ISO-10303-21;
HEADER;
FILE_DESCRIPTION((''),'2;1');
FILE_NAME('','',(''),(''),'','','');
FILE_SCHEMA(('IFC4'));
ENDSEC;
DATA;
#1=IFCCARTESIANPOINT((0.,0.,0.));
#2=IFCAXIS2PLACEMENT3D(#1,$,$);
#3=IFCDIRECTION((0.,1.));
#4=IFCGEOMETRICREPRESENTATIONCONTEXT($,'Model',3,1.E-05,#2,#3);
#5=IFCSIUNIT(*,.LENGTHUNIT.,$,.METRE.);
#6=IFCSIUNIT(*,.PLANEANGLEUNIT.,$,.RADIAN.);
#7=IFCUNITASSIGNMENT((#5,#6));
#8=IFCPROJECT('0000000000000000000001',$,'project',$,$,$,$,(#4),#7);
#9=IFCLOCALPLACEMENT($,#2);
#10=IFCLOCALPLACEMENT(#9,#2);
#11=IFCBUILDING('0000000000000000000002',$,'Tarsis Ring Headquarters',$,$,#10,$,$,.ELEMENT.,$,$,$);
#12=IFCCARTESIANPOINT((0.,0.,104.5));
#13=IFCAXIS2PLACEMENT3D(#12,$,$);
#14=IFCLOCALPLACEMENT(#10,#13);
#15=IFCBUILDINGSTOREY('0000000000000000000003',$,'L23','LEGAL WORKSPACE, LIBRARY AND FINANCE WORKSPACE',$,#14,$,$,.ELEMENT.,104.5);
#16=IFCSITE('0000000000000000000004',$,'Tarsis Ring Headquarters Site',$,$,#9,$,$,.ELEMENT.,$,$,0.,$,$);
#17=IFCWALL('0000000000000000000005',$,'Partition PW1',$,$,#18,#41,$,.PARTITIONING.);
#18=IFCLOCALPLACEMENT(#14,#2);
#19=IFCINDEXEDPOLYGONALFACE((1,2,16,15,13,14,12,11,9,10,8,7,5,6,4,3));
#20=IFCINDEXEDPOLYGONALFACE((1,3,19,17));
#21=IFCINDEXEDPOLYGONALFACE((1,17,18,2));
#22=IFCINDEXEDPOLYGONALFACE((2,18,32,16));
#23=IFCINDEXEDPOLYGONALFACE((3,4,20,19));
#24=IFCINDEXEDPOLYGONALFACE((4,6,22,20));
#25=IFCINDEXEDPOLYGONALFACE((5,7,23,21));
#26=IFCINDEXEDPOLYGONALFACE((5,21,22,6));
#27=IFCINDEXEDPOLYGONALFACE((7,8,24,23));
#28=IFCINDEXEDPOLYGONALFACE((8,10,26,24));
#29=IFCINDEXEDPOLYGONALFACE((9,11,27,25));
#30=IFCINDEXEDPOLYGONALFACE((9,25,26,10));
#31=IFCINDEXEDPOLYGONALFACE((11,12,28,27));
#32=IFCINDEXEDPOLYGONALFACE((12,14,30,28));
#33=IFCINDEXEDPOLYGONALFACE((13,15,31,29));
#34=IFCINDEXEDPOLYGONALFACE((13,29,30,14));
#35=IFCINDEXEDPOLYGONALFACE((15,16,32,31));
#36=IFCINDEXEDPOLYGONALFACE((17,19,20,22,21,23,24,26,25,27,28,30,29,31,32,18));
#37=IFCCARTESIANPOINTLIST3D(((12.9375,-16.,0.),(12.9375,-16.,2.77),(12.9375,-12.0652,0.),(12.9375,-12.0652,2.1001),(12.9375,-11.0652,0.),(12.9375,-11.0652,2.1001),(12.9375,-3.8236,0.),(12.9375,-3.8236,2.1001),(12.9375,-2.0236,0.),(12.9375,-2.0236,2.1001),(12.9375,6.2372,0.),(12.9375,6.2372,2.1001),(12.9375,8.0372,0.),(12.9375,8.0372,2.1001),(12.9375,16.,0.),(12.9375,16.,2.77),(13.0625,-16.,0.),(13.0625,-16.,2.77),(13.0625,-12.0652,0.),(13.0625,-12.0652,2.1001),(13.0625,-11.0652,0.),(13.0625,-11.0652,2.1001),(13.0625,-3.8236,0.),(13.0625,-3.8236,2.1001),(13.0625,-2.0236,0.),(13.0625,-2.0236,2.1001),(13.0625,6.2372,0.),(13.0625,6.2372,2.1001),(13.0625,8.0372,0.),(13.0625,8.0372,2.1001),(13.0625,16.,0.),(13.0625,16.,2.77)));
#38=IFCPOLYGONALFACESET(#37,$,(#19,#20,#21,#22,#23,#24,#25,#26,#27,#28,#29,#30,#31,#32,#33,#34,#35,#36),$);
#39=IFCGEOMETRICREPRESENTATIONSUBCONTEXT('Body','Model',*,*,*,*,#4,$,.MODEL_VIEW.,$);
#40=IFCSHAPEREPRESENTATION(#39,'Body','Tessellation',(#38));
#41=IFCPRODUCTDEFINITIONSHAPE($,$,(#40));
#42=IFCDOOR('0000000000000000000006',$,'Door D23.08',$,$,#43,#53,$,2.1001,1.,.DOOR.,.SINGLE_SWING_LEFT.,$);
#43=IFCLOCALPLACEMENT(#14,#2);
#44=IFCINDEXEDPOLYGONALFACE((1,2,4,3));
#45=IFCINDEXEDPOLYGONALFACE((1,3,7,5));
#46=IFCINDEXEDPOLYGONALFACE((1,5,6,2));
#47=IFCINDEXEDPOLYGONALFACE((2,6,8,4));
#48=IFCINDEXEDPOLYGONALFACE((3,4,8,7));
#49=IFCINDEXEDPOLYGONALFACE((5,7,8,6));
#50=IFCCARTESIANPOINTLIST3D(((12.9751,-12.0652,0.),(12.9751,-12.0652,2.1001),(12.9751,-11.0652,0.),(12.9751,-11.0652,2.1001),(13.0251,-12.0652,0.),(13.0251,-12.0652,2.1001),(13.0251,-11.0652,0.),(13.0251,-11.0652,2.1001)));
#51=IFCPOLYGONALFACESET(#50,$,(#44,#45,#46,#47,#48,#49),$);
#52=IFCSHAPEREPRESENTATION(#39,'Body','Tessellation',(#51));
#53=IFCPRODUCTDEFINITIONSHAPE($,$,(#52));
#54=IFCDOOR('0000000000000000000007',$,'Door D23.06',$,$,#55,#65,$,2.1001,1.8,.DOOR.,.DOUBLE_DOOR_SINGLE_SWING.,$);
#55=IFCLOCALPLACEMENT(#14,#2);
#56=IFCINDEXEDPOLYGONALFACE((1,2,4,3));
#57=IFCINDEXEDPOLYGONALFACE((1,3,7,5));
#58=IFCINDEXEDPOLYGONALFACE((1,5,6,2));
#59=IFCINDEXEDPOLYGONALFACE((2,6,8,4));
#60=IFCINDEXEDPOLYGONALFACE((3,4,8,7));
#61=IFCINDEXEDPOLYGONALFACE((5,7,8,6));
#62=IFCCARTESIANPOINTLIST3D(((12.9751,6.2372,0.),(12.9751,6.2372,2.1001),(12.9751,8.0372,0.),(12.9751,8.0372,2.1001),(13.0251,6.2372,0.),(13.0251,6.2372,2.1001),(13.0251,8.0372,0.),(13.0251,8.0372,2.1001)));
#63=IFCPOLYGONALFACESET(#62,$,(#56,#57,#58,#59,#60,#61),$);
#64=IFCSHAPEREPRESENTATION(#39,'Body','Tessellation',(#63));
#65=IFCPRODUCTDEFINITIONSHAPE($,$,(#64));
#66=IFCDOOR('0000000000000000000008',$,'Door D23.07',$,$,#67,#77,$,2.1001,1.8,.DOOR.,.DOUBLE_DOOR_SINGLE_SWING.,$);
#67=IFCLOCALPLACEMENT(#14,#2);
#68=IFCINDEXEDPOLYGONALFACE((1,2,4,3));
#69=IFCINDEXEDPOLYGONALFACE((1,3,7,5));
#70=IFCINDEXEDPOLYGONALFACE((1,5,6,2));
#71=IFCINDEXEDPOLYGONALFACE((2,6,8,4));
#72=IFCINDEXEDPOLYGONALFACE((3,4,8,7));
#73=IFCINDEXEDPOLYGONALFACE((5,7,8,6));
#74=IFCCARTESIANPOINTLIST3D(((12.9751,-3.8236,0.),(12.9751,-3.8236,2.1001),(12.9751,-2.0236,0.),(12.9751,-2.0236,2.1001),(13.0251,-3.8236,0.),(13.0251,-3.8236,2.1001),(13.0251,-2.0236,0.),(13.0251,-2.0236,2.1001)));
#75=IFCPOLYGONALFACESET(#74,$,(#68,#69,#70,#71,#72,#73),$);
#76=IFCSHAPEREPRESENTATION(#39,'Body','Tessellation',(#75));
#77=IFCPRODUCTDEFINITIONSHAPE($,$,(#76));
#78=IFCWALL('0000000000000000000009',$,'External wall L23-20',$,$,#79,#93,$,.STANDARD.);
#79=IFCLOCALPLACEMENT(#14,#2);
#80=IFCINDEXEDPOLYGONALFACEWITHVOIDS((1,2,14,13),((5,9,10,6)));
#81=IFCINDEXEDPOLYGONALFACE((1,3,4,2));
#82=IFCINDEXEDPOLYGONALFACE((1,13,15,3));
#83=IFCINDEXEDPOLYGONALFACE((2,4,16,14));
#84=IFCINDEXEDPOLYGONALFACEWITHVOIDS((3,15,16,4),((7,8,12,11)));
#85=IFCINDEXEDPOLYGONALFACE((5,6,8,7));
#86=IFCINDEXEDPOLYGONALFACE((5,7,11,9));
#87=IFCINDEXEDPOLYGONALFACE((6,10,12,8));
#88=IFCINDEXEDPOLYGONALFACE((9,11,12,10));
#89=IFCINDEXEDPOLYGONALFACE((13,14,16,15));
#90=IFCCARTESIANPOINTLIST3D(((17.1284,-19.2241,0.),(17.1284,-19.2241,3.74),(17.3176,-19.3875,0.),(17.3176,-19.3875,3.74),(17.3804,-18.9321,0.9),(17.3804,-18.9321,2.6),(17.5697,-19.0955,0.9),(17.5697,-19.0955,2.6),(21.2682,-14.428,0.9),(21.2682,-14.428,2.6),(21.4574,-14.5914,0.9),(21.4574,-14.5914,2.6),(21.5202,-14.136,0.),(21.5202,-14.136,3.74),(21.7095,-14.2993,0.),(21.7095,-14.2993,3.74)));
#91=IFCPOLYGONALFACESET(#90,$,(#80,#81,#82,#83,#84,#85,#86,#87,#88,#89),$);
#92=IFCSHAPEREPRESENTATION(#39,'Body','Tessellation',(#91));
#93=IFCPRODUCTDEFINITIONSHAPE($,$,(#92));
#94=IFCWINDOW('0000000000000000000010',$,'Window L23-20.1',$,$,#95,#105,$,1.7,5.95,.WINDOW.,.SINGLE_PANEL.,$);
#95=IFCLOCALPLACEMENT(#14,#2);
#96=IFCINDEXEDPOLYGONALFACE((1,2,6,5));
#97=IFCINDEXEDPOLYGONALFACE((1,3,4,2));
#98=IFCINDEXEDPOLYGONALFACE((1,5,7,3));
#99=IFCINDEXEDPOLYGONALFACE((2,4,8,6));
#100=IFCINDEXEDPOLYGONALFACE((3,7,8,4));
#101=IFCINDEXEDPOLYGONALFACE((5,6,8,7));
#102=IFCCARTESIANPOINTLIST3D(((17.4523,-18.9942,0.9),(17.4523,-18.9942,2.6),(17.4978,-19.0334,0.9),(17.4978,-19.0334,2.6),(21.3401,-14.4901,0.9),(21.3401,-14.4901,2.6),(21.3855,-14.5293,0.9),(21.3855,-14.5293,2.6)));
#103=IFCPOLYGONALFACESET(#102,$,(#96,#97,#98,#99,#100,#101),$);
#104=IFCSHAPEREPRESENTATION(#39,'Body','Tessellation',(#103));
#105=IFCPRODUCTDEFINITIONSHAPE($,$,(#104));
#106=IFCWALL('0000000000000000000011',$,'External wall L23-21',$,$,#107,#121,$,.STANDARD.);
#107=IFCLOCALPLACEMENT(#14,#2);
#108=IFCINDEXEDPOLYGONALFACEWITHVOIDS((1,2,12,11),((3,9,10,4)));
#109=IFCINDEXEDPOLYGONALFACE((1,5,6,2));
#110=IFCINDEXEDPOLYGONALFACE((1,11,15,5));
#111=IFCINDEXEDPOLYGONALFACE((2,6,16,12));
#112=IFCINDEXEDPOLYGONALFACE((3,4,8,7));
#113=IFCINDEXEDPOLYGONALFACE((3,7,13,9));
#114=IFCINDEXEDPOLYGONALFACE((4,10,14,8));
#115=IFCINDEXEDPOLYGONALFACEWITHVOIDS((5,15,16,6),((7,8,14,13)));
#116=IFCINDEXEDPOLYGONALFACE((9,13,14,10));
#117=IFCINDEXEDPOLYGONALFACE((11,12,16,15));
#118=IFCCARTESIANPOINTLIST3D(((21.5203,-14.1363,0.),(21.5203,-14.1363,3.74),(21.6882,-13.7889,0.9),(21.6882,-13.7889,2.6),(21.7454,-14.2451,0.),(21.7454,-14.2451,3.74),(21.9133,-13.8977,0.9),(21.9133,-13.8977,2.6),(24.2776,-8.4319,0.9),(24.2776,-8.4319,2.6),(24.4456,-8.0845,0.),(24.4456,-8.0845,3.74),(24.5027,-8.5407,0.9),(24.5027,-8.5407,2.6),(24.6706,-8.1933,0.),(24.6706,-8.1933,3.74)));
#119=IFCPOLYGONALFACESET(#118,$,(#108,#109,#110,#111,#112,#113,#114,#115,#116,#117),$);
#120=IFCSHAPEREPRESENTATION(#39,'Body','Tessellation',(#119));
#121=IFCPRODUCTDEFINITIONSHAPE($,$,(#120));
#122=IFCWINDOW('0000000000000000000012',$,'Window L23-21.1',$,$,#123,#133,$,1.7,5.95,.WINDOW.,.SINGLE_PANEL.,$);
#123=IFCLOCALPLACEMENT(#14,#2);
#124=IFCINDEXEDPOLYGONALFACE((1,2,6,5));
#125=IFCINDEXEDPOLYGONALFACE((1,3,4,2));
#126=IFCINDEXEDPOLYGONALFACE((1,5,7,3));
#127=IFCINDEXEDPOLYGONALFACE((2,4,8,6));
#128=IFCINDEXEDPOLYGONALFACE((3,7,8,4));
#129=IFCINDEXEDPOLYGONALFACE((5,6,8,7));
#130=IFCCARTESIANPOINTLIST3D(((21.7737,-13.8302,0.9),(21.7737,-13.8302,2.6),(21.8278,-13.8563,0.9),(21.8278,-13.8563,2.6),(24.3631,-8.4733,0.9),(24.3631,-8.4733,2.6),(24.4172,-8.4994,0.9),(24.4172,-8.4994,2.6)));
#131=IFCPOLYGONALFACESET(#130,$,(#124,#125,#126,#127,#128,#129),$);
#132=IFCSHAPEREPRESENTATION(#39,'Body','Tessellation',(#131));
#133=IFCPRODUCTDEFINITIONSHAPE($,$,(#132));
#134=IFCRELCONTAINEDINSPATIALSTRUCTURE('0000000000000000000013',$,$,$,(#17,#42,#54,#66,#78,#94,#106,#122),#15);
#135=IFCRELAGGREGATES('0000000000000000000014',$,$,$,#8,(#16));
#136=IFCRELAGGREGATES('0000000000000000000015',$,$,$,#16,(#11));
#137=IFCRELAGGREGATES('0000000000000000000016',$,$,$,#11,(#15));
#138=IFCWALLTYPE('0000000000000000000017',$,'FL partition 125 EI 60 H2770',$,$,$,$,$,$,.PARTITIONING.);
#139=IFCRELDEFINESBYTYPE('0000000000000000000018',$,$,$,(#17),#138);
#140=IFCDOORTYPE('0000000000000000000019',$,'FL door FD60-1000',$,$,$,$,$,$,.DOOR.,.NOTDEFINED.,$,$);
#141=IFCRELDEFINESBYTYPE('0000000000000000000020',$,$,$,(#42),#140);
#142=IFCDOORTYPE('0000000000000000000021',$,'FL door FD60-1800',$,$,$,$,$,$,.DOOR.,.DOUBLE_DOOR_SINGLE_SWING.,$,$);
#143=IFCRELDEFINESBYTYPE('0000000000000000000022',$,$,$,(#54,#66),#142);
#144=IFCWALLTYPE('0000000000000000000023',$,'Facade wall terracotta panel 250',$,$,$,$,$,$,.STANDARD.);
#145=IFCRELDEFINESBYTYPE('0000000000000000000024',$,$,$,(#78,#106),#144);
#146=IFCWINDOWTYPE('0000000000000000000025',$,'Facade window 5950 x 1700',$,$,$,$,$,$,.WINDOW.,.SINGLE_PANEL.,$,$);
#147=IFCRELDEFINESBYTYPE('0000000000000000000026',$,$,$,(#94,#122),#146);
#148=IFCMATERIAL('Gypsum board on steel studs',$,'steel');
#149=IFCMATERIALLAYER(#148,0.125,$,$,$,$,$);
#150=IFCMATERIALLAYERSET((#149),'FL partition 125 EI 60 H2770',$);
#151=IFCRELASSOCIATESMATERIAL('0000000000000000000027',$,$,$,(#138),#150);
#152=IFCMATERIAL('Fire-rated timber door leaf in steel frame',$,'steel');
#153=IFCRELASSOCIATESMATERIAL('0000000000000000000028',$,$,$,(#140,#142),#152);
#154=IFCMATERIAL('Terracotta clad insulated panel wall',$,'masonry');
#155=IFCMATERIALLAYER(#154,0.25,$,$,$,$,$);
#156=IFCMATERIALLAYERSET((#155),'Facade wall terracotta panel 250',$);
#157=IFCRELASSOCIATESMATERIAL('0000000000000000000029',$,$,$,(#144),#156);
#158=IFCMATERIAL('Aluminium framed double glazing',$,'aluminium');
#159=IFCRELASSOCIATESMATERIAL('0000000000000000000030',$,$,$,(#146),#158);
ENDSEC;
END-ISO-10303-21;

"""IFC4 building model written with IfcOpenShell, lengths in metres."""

from ifc_helpers import new_model, si_unit, direction, frame, frame_2d, origin, place, context, subcontext, project, spatial, rectangle, extrude, material, layer, layer_set, type_object, element, fill, save


model = new_model("IFC4")

# Units and contexts
model_context = context("Model", 3, precision=1e-05, world=origin(), true_north=direction((0.0, 1.0)))
body_context = subcontext(model_context, "Body", "Model", "MODEL_VIEW")
ifc_project = project(units=[si_unit("LENGTHUNIT", "METRE"), si_unit("PLANEANGLEUNIT", "RADIAN")], contexts=[model_context])

# Site, building, storey
site_placement = place(None, origin())
site = spatial("IfcSite", under=ifc_project, at=site_placement, Name="Tarsis Ring Headquarters Site", CompositionType="ELEMENT", RefElevation=0.0)
building_placement = place(site_placement, origin())
building = spatial("IfcBuilding", under=site, at=building_placement, Name="Tarsis Ring Headquarters", CompositionType="ELEMENT")
storey_placement = place(building_placement, frame((0.0, 0.0, 104.5)))
storey = spatial("IfcBuildingStorey", under=building, at=storey_placement, Name="L23", Description="LEGAL WORKSPACE, LIBRARY AND FINANCE WORKSPACE", CompositionType="ELEMENT", Elevation=104.5)

# Shared definitions
ifc_material_1 = material(Name="Gypsum board on steel studs", Category="steel")

# Wall, openings, doors
ifc_layer_1 = layer(ifc_material_1, 0.125)
ifc_layer_set_1 = layer_set([ifc_layer_1], Name="FL partition 125 EI 60 H2770")
wall_type_1 = type_object("IfcWallType", Name="FL partition 125 EI 60 H2770", PredefinedType="PARTITIONING", material=ifc_layer_set_1)
wall_1_placement = place(storey_placement, frame((13.0, -16.0, 0.0), z_axis=(0.0, 0.0, 1.0), x_axis=(0.0, 1.0, 0.0)))
wall_1 = element("IfcWall", 1, at=wall_1_placement, inside=storey, type_object=wall_type_1, Name="Partition PW1", PredefinedType="PARTITIONING", context=body_context, shape_type="SweptSolid", body=[
    extrude(rectangle(XDim=32.0, YDim=0.125, at=frame_2d((16.0, 0.0))), origin(), (0.0, 0.0, 1.0), 2.77),
])
opening_1_placement = place(wall_1_placement, frame((22.2373, 0.0, 0.0)))
opening_1 = element("IfcOpeningElement", 2, at=opening_1_placement, cuts=wall_1, PredefinedType="OPENING", context=body_context, shape_type="SweptSolid", body=[
    extrude(rectangle(XDim=1.8, YDim=2.1001, at=frame_2d((0.8999, 1.05))), frame((0.0, 0.0725, 0.0), z_axis=(0.0, -1.0, 0.0), x_axis=(1.0, 0.0, 0.0)), (0.0, 0.0, 1.0), 0.145),
])
opening_2_placement = place(wall_1_placement, frame((12.1765, 0.0, 0.0)))
opening_2 = element("IfcOpeningElement", 3, at=opening_2_placement, cuts=wall_1, PredefinedType="OPENING", context=body_context, shape_type="SweptSolid", body=[
    extrude(rectangle(XDim=1.8, YDim=2.1001, at=frame_2d((0.8999, 1.05))), frame((0.0, 0.0725, 0.0), z_axis=(0.0, -1.0, 0.0), x_axis=(1.0, 0.0, 0.0)), (0.0, 0.0, 1.0), 0.145),
])
opening_3_placement = place(wall_1_placement, frame((3.9348, 0.0, 0.0)))
opening_3 = element("IfcOpeningElement", 4, at=opening_3_placement, cuts=wall_1, PredefinedType="OPENING", context=body_context, shape_type="SweptSolid", body=[
    extrude(rectangle(XDim=1.0, YDim=2.1001, at=frame_2d((0.5, 1.05))), frame((0.0, 0.0725, 0.0), z_axis=(0.0, -1.0, 0.0), x_axis=(1.0, 0.0, 0.0)), (0.0, 0.0, 1.0), 0.145),
])
ifc_material_2 = material(Name="Fire-rated timber door leaf in steel frame", Category="steel")
door_type_1 = type_object("IfcDoorType", Name="FL door FD60-1000", OperationType="NOTDEFINED", PredefinedType="DOOR", material=ifc_material_2)
door_1_placement = place(opening_3_placement, origin())
door_1 = element("IfcDoor", 5, at=door_1_placement, inside=storey, type_object=door_type_1, Name="Door D23.08", OperationType="SINGLE_SWING_LEFT", OverallHeight=2.1001, OverallWidth=1.0, PredefinedType="DOOR", context=body_context, shape_type="SweptSolid", body=[
    extrude(rectangle(XDim=1.0, YDim=2.1001, at=frame_2d((0.5, 1.05))), frame((0.0, 0.0249, 0.0), z_axis=(0.0, -1.0, 0.0), x_axis=(1.0, 0.0, 0.0)), (0.0, 0.0, 1.0), 0.05),
])
fill(opening_3, door_1)
door_type_2 = type_object("IfcDoorType", Name="FL door FD60-1800", OperationType="DOUBLE_DOOR_SINGLE_SWING", PredefinedType="DOOR", material=ifc_material_2)
door_2_placement = place(opening_1_placement, origin())
door_2 = element("IfcDoor", 6, at=door_2_placement, inside=storey, type_object=door_type_2, Name="Door D23.06", OperationType="DOUBLE_DOOR_SINGLE_SWING", OverallHeight=2.1001, OverallWidth=1.8, PredefinedType="DOOR", context=body_context, shape_type="SweptSolid", body=[
    extrude(rectangle(XDim=1.8, YDim=2.1001, at=frame_2d((0.8999, 1.05))), frame((0.0, 0.0249, 0.0), z_axis=(0.0, -1.0, 0.0), x_axis=(1.0, 0.0, 0.0)), (0.0, 0.0, 1.0), 0.05),
])
fill(opening_1, door_2)
door_3_placement = place(opening_2_placement, origin())
door_3 = element("IfcDoor", 7, at=door_3_placement, inside=storey, type_object=door_type_2, Name="Door D23.07", OperationType="DOUBLE_DOOR_SINGLE_SWING", OverallHeight=2.1001, OverallWidth=1.8, PredefinedType="DOOR", context=body_context, shape_type="SweptSolid", body=[
    extrude(rectangle(XDim=1.8, YDim=2.1001, at=frame_2d((0.8999, 1.05))), frame((0.0, 0.0249, 0.0), z_axis=(0.0, -1.0, 0.0), x_axis=(1.0, 0.0, 0.0)), (0.0, 0.0, 1.0), 0.05),
])
fill(opening_2, door_3)

# Walls, openings, windows
ifc_material_3 = material(Name="Terracotta clad insulated panel wall", Category="masonry")
ifc_layer_2 = layer(ifc_material_3, 0.25)
ifc_layer_set_2 = layer_set([ifc_layer_2], Name="Facade wall terracotta panel 250")
wall_type_2 = type_object("IfcWallType", Name="Facade wall terracotta panel 250", PredefinedType="STANDARD", material=ifc_layer_set_2)
wall_2_placement = place(storey_placement, frame((17.2229, -19.3059, 0.0), z_axis=(0.0, 0.0, 1.0), x_axis=(0.653411, 0.757003, 0.0)))
wall_2 = element("IfcWall", 8, at=wall_2_placement, inside=storey, type_object=wall_type_2, Name="External wall L23-20", PredefinedType="STANDARD", context=body_context, shape_type="SweptSolid", body=[
    extrude(rectangle(XDim=6.7214, YDim=0.25, at=frame_2d((3.3608, 0.0))), origin(), (0.0, 0.0, 1.0), 3.74),
])
opening_4_placement = place(wall_2_placement, frame((0.3857, 0.0, 0.8999)))
opening_4 = element("IfcOpeningElement", 9, at=opening_4_placement, cuts=wall_2, PredefinedType="OPENING", context=body_context, shape_type="SweptSolid", body=[
    extrude(rectangle(XDim=5.95, YDim=1.7, at=frame_2d((2.9751, 0.8501))), frame((0.0, 0.135, 0.0), z_axis=(0.0, -1.0, 0.0), x_axis=(1.0, 0.0, 0.0)), (0.0, 0.0, 1.0), 0.27),
])
ifc_material_4 = material(Name="Aluminium framed double glazing", Category="aluminium")
window_type = type_object("IfcWindowType", Name="Facade window 5950 x 1700", PartitioningType="SINGLE_PANEL", PredefinedType="WINDOW", material=ifc_material_4)
window_1_placement = place(opening_4_placement, origin())
window_1 = element("IfcWindow", 10, at=window_1_placement, inside=storey, type_object=window_type, Name="Window L23-20.1", OverallHeight=1.7, OverallWidth=5.95, PartitioningType="SINGLE_PANEL", PredefinedType="WINDOW", context=body_context, shape_type="SweptSolid", body=[
    extrude(rectangle(XDim=5.95, YDim=1.7, at=frame_2d((2.9751, 0.8501))), frame((0.0, 0.03, 0.0), z_axis=(0.0, -1.0, 0.0), x_axis=(1.0, 0.0, 0.0)), (0.0, 0.0, 1.0), 0.0601),
])
fill(opening_4, window_1)
wall_3_placement = place(storey_placement, frame((21.6328, -14.1907, 0.0), z_axis=(0.0, 0.0, 1.0), x_axis=(0.435202, 0.900333, 0.0)))
wall_3 = element("IfcWall", 11, at=wall_3_placement, inside=storey, type_object=wall_type_2, Name="External wall L23-21", PredefinedType="STANDARD", context=body_context, shape_type="SweptSolid", body=[
    extrude(rectangle(XDim=6.7217, YDim=0.25, at=frame_2d((3.3608, 0.0))), origin(), (0.0, 0.0, 1.0), 3.74),
])
opening_5_placement = place(wall_3_placement, frame((0.3857, 0.0, 0.8999)))
opening_5 = element("IfcOpeningElement", 12, at=opening_5_placement, cuts=wall_3, PredefinedType="OPENING", context=body_context, shape_type="SweptSolid", body=[
    extrude(rectangle(XDim=5.95, YDim=1.7, at=frame_2d((2.9751, 0.8501))), frame((0.0, 0.135, 0.0), z_axis=(0.0, -1.0, 0.0), x_axis=(1.0, 0.0, 0.0)), (0.0, 0.0, 1.0), 0.27),
])
window_2_placement = place(opening_5_placement, origin())
window_2 = element("IfcWindow", 13, at=window_2_placement, inside=storey, type_object=window_type, Name="Window L23-21.1", OverallHeight=1.7, OverallWidth=5.95, PartitioningType="SINGLE_PANEL", PredefinedType="WINDOW", context=body_context, shape_type="SweptSolid", body=[
    extrude(rectangle(XDim=5.95, YDim=1.7, at=frame_2d((2.9751, 0.8501))), frame((0.0, 0.03, 0.0), z_axis=(0.0, -1.0, 0.0), x_axis=(1.0, 0.0, 0.0)), (0.0, 0.0, 1.0), 0.0601),
])
fill(opening_5, window_2)

save(model, "model.ifc")
